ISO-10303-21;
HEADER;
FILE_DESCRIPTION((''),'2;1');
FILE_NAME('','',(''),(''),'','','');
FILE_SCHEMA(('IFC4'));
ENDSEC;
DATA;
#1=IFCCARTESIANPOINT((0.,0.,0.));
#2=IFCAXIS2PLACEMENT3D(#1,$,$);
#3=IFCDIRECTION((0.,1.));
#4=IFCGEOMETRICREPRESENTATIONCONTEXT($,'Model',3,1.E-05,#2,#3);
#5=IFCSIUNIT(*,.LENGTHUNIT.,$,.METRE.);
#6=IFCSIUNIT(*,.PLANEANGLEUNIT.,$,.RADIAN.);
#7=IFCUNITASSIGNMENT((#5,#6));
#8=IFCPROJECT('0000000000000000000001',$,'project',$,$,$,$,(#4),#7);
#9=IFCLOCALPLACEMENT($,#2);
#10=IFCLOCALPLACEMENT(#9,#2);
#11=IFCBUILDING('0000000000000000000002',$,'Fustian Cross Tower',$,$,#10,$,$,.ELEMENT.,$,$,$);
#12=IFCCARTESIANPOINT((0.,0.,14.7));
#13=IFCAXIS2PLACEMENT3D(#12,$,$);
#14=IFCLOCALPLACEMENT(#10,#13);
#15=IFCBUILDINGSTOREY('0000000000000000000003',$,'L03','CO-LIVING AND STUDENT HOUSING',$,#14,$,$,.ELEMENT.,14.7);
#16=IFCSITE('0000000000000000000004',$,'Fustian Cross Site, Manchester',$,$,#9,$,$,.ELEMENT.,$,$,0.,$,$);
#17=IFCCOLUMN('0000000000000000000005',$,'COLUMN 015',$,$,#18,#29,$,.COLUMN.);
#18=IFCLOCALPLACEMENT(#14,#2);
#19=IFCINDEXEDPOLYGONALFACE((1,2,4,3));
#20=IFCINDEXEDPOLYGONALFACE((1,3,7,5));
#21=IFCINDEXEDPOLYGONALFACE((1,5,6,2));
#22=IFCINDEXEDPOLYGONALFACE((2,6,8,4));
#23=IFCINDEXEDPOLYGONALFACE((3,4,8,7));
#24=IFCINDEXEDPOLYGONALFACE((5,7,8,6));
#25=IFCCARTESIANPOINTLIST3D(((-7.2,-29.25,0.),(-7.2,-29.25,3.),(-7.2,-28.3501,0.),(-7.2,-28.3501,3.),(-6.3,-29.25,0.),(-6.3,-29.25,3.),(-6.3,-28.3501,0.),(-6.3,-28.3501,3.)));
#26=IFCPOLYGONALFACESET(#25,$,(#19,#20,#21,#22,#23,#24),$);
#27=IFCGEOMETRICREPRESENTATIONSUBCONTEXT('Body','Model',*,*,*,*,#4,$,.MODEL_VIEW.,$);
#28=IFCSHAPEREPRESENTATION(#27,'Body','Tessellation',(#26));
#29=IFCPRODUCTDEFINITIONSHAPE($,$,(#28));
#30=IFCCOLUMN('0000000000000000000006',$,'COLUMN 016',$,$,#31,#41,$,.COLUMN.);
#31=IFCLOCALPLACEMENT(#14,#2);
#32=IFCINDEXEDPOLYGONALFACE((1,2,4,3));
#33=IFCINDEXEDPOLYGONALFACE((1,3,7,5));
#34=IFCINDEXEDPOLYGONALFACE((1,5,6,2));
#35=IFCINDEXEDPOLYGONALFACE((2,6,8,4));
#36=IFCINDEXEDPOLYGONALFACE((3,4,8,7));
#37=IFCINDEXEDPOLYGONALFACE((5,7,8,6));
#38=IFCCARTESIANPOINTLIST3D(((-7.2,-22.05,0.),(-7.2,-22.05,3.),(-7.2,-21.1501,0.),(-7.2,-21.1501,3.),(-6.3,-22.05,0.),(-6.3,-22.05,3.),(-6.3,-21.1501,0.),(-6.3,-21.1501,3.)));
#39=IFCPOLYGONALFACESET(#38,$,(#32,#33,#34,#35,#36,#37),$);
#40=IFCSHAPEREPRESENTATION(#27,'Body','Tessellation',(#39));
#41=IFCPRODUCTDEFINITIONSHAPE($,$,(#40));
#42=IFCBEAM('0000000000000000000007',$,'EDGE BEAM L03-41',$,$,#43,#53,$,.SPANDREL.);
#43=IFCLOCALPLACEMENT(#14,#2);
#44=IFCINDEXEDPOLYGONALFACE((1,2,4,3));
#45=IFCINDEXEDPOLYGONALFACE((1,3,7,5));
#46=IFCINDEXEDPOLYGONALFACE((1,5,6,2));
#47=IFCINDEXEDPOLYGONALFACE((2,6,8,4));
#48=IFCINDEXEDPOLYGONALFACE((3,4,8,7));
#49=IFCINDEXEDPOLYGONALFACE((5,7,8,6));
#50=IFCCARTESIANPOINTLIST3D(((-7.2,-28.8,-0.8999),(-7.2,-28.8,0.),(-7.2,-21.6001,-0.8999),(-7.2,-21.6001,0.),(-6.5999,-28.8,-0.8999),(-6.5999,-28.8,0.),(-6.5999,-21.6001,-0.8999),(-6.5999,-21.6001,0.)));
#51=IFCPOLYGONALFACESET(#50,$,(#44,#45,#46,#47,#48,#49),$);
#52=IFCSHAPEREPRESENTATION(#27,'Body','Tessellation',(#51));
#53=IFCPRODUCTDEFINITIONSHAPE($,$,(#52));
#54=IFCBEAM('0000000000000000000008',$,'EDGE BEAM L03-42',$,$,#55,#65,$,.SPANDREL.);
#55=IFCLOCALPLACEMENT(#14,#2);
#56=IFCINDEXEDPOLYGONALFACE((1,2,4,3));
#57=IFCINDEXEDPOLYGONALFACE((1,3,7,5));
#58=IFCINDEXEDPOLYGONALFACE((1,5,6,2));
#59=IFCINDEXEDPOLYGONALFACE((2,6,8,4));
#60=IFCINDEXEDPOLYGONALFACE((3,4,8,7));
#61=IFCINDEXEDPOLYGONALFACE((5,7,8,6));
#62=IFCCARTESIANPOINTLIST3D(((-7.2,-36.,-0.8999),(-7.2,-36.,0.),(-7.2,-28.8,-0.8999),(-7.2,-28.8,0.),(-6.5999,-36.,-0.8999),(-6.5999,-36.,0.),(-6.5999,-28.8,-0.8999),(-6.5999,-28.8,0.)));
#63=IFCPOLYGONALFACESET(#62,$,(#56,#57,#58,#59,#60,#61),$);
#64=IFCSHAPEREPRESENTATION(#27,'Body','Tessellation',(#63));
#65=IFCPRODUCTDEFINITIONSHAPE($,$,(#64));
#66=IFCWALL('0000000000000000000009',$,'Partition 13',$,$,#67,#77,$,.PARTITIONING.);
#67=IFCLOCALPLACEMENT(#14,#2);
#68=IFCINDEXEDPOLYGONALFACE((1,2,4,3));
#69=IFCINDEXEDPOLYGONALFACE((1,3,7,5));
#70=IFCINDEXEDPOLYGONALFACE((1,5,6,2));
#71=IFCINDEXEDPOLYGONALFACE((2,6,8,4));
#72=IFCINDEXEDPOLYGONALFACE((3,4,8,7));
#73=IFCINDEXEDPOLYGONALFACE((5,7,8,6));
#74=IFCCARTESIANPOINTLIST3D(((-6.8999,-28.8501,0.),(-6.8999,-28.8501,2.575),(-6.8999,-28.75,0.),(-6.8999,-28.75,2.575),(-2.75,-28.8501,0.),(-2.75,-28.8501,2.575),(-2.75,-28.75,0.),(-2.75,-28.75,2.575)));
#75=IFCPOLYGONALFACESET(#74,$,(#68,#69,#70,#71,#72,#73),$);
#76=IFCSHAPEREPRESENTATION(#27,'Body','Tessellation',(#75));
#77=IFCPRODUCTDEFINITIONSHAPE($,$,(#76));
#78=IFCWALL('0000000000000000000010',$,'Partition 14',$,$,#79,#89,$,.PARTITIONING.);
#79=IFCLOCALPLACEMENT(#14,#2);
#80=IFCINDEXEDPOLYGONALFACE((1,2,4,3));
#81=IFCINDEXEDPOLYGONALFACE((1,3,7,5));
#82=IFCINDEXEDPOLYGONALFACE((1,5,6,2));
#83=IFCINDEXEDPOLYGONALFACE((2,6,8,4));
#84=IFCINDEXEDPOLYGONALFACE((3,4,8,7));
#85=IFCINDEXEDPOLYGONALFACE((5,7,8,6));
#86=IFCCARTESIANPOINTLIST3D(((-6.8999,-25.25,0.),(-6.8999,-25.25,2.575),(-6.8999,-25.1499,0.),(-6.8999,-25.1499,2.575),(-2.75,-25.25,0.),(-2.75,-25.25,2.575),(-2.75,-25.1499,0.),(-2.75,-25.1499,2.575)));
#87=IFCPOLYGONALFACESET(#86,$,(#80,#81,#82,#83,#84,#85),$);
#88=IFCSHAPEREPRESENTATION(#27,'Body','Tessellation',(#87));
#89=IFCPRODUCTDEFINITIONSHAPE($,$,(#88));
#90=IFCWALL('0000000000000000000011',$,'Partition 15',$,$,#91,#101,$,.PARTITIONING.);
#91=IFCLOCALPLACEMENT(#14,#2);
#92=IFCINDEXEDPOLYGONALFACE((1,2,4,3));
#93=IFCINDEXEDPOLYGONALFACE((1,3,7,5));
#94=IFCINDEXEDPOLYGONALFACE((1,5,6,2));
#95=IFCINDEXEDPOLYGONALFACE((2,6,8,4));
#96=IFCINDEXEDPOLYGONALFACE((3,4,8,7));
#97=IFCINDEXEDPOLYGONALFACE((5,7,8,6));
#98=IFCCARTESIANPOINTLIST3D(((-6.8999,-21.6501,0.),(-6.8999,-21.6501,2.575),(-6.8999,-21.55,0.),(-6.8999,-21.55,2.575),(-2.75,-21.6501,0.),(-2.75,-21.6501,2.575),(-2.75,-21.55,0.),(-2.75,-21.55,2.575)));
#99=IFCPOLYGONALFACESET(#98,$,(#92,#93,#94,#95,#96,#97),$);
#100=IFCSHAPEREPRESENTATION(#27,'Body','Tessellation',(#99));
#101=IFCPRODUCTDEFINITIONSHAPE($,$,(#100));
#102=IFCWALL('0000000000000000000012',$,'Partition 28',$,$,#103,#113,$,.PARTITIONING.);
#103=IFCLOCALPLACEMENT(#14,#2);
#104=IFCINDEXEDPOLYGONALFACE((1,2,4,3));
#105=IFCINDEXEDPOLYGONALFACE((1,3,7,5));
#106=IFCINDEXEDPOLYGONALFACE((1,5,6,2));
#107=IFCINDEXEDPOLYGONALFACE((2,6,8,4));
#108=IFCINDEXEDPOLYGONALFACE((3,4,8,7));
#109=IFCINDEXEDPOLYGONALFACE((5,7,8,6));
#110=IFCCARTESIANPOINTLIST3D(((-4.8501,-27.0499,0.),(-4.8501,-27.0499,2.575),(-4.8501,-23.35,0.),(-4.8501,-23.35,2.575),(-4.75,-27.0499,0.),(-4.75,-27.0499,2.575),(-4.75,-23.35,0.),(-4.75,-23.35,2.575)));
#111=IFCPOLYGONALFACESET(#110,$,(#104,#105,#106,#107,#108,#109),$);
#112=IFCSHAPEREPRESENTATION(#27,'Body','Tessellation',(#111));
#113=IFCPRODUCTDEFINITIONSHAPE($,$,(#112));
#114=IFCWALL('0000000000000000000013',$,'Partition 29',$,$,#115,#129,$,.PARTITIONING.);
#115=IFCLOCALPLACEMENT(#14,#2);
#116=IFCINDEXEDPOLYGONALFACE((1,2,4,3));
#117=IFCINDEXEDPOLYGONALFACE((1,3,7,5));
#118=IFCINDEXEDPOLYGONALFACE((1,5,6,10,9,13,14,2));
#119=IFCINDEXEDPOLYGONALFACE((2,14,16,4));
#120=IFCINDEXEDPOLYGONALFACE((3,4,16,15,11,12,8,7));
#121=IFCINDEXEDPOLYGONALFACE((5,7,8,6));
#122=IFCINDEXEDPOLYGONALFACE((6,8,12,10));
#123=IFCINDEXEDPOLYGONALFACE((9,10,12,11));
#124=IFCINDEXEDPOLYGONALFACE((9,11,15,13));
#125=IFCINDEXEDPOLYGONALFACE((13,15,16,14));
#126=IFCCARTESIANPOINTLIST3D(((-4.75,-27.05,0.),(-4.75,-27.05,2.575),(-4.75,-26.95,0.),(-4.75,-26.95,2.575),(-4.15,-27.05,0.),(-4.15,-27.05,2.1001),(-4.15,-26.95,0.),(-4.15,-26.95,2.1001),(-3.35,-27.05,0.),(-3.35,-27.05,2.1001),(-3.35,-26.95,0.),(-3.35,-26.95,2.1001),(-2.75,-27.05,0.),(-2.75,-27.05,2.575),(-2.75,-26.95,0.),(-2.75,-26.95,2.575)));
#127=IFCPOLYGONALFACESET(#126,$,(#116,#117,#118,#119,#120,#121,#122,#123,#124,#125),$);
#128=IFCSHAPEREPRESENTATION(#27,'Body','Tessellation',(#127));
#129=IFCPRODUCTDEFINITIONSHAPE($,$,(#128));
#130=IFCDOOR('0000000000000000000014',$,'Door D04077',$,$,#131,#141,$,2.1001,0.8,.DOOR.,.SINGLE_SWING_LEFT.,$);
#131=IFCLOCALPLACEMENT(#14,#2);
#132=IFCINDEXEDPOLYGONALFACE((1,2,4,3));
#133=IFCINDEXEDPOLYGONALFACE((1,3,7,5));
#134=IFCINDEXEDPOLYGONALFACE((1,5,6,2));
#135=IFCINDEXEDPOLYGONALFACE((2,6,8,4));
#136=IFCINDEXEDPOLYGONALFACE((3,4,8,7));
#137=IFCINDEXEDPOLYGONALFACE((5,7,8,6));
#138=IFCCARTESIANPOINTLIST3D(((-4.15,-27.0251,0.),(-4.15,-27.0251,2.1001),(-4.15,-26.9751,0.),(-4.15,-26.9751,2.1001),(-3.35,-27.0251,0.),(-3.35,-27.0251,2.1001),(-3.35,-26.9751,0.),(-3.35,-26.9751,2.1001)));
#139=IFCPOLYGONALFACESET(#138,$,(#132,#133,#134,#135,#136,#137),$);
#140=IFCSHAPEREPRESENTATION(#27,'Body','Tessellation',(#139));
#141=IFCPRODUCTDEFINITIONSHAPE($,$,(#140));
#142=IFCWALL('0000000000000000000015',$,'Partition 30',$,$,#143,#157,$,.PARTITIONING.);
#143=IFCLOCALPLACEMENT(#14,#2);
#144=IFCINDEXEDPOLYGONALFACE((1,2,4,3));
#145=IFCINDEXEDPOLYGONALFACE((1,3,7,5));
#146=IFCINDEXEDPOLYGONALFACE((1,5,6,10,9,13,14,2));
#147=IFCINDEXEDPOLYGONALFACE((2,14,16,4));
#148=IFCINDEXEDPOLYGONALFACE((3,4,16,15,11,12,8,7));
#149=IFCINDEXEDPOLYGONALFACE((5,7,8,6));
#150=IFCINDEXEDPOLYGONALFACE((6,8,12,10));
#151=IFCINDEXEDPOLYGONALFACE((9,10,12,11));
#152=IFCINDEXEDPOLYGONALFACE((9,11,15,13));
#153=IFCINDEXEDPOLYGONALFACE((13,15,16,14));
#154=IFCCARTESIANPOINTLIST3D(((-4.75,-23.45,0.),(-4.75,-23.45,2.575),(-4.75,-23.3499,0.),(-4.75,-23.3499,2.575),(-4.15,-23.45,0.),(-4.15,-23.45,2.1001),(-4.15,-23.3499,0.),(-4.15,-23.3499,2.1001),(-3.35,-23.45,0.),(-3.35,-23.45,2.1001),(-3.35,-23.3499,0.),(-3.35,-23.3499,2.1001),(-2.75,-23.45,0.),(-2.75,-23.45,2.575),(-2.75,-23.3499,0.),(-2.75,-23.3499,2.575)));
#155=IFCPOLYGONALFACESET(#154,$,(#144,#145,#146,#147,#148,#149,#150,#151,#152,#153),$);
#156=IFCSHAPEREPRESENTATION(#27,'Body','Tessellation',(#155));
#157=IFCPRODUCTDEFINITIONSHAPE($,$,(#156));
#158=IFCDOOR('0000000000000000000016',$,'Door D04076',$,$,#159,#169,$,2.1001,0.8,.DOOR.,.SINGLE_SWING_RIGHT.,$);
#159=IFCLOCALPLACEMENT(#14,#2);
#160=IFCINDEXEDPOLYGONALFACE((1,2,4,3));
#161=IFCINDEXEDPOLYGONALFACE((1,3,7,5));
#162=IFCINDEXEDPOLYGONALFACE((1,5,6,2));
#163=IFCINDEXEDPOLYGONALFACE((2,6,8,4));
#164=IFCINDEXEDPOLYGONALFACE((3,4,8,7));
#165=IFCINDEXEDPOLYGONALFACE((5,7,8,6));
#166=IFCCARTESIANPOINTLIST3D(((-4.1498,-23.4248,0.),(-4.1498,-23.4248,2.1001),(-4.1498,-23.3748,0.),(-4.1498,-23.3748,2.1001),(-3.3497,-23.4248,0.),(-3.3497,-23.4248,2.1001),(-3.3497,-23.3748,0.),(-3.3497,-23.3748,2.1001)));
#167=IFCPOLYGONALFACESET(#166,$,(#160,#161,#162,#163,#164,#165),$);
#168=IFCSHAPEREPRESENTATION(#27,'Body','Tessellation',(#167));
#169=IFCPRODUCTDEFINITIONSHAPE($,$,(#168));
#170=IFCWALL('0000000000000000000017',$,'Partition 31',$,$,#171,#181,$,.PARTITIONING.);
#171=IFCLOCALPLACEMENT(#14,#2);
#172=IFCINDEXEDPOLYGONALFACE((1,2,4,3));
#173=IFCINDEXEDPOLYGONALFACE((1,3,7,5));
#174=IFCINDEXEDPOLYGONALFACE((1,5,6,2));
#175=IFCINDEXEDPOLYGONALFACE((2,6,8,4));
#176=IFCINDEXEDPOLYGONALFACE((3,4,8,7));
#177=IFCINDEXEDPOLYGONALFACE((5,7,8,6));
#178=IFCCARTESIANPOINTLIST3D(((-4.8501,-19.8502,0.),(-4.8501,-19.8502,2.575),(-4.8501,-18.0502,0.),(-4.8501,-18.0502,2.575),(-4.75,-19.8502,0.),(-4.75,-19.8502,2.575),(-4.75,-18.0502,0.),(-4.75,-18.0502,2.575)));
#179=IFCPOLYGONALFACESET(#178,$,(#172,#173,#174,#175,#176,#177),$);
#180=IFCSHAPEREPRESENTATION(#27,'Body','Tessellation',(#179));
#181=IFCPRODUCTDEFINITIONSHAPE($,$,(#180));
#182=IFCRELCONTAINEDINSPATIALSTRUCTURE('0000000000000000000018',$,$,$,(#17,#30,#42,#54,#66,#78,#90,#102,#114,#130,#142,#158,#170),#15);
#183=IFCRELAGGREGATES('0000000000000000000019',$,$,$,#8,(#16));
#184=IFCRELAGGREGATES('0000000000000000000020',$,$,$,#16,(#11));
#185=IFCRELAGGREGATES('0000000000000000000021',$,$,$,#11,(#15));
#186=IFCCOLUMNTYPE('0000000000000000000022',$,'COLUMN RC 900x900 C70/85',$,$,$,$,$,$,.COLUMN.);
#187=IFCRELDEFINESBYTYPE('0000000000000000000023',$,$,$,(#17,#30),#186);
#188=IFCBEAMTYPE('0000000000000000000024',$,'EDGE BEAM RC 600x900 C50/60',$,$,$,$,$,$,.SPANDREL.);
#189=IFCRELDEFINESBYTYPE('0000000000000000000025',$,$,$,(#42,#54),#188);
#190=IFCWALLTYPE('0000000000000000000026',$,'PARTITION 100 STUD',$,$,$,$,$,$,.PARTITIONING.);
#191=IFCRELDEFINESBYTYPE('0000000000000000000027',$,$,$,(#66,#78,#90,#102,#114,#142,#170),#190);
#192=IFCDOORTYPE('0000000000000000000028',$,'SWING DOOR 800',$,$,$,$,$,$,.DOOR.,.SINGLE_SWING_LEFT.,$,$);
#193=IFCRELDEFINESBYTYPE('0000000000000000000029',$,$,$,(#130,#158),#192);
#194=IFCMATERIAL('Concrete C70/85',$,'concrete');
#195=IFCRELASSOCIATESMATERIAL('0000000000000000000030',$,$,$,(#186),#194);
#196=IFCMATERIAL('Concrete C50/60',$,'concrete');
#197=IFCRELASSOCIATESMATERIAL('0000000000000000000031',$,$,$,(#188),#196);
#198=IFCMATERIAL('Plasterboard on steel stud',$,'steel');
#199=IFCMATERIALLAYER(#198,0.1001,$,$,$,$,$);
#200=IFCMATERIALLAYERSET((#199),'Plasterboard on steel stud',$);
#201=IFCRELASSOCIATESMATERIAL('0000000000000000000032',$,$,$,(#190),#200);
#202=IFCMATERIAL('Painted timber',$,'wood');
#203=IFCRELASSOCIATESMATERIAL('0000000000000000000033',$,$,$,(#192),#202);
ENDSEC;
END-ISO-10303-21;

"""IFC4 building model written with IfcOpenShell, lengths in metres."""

from ifc_helpers import new_model, si_unit, direction, frame, frame_2d, origin, origin_2d, place, context, subcontext, project, spatial, rectangle, extrude, material, layer, layer_set, material_profile, profile_set, type_object, element, fill, save


model = new_model("IFC4")

# Units and contexts
model_context = context("Model", 3, precision=1e-05, world=origin(), true_north=direction((0.0, 1.0)))
body_context = subcontext(model_context, "Body", "Model", "MODEL_VIEW")
ifc_project = project(units=[si_unit("LENGTHUNIT", "METRE"), si_unit("PLANEANGLEUNIT", "RADIAN")], contexts=[model_context])

# Site, building, storey
site_placement = place(None, origin())
site = spatial("IfcSite", under=ifc_project, at=site_placement, Name="Fustian Cross Site, Manchester", CompositionType="ELEMENT", RefElevation=0.0)
building_placement = place(site_placement, origin())
building = spatial("IfcBuilding", under=site, at=building_placement, Name="Fustian Cross Tower", CompositionType="ELEMENT")
storey_placement = place(building_placement, frame((0.0, 0.0, 14.7)))
storey = spatial("IfcBuildingStorey", under=building, at=storey_placement, Name="L03", Description="CO-LIVING AND STUDENT HOUSING", CompositionType="ELEMENT", Elevation=14.7)

# Columns
ifc_material_1 = material(Name="Concrete C70/85", Category="concrete")
ifc_material_profile_1 = material_profile(ifc_material_1, rectangle(XDim=0.8999, YDim=0.8999, at=origin_2d()), Name="RC 900x900")
ifc_profile_set_1 = profile_set([ifc_material_profile_1], Name="Concrete C70/85")
column_type = type_object("IfcColumnType", Name="COLUMN RC 900x900 C70/85", PredefinedType="COLUMN", material=ifc_profile_set_1)
for number, where, z_axis, x_axis, name in (
    (1, (-6.75, -28.8, 0.0), (0.0, 0.0, 1.0), (1.0, 0.0, 0.0), "COLUMN 015"),
    (2, (-6.75, -21.6001, 0.0), (0.0, 0.0, 1.0), (1.0, 0.0, 0.0), "COLUMN 016"),
):
    element("IfcColumn", number, at=place(storey_placement, frame(where, z_axis=z_axis, x_axis=x_axis)), inside=storey, type_object=column_type, Name=name, PredefinedType="COLUMN", context=body_context, shape_type="SweptSolid", body=[
        extrude(rectangle(XDim=0.8999, YDim=0.8999, at=origin_2d()), origin(), (0.0, 0.0, 1.0), 3.0),
    ])

# Beams
ifc_material_2 = material(Name="Concrete C50/60", Category="concrete")
ifc_material_profile_2 = material_profile(ifc_material_2, rectangle(XDim=0.6001, YDim=0.8999, at=origin_2d()), Name="RC 600x900")
ifc_profile_set_2 = profile_set([ifc_material_profile_2], Name="Concrete C50/60")
beam_type = type_object("IfcBeamType", Name="EDGE BEAM RC 600x900 C50/60", PredefinedType="SPANDREL", material=ifc_profile_set_2)
for number, where, z_axis, x_axis, name in (
    (3, (-6.8999, -21.6001, -0.45), (0.0, -1.0, 0.0), (1.0, 0.0, 0.0), "EDGE BEAM L03-41"),
    (4, (-6.8999, -28.8, -0.45), (0.0, -1.0, 0.0), (1.0, 0.0, 0.0), "EDGE BEAM L03-42"),
):
    element("IfcBeam", number, at=place(storey_placement, frame(where, z_axis=z_axis, x_axis=x_axis)), inside=storey, type_object=beam_type, Name=name, PredefinedType="SPANDREL", context=body_context, shape_type="SweptSolid", body=[
        extrude(rectangle(XDim=0.6001, YDim=0.8999, at=origin_2d()), origin(), (0.0, 0.0, 1.0), 7.2),
    ])

# Walls
ifc_material_3 = material(Name="Plasterboard on steel stud", Category="steel")
ifc_layer_1 = layer(ifc_material_3, 0.1001)
ifc_layer_set_1 = layer_set([ifc_layer_1], Name="Plasterboard on steel stud")
wall_type_1 = type_object("IfcWallType", Name="PARTITION 100 STUD", PredefinedType="PARTITIONING", material=ifc_layer_set_1)
for number, where, z_axis, x_axis, name in (
    (5, (-6.8999, -28.8, 0.0), (0.0, 0.0, 1.0), (1.0, 0.0, 0.0), "Partition 13"),
    (6, (-6.8999, -25.2, 0.0), (0.0, 0.0, 1.0), (1.0, 0.0, 0.0), "Partition 14"),
    (7, (-6.8999, -21.6001, 0.0), (0.0, 0.0, 1.0), (1.0, 0.0, 0.0), "Partition 15"),
):
    element("IfcWall", number, at=place(storey_placement, frame(where, z_axis=z_axis, x_axis=x_axis)), inside=storey, type_object=wall_type_1, Name=name, PredefinedType="PARTITIONING", context=body_context, shape_type="SweptSolid", body=[
        extrude(rectangle(XDim=4.1499, YDim=0.1001, at=frame_2d((2.075, 0.0))), origin(), (0.0, 0.0, 1.0), 2.575),
    ])
wall_1_placement = place(storey_placement, frame((-4.8, -27.05, 0.0), z_axis=(0.0, 0.0, 1.0), x_axis=(0.0, 1.0, 0.0)))
element("IfcWall", 8, at=wall_1_placement, inside=storey, type_object=wall_type_1, Name="Partition 28", PredefinedType="PARTITIONING", context=body_context, shape_type="SweptSolid", body=[
    extrude(rectangle(XDim=3.7, YDim=0.1001, at=frame_2d((1.8501, 0.0))), origin(), (0.0, 0.0, 1.0), 2.575),
])

# Walls, openings, doors
wall_2_placement = place(storey_placement, frame((-4.75, -27.0, 0.0), z_axis=(0.0, 0.0, 1.0), x_axis=(1.0, 0.0, 0.0)))
wall_2 = element("IfcWall", 9, at=wall_2_placement, inside=storey, type_object=wall_type_1, Name="Partition 29", PredefinedType="PARTITIONING", context=body_context, shape_type="SweptSolid", body=[
    extrude(rectangle(XDim=2.0, YDim=0.1001, at=frame_2d((1.0, 0.0))), origin(), (0.0, 0.0, 1.0), 2.575),
])
opening_1_placement = place(wall_2_placement, frame((0.6001, 0.0, 0.0)))
opening_1 = element("IfcOpeningElement", 10, at=opening_1_placement, cuts=wall_2, PredefinedType="OPENING", context=body_context, shape_type="SweptSolid", body=[
    extrude(rectangle(XDim=0.8, YDim=2.1001, at=frame_2d((0.3999, 1.05))), frame((0.0, 0.0601, 0.0), z_axis=(0.0, -1.0, 0.0), x_axis=(1.0, 0.0, 0.0)), (0.0, 0.0, 1.0), 0.1201),
])
ifc_material_4 = material(Name="Painted timber", Category="wood")
door_type = type_object("IfcDoorType", Name="SWING DOOR 800", OperationType="SINGLE_SWING_LEFT", PredefinedType="DOOR", material=ifc_material_4)
door_1_placement = place(opening_1_placement, origin())
door_1 = element("IfcDoor", 11, at=door_1_placement, inside=storey, type_object=door_type, Name="Door D04077", OperationType="SINGLE_SWING_LEFT", OverallHeight=2.1001, OverallWidth=0.8, PredefinedType="DOOR", context=body_context, shape_type="SweptSolid", body=[
    extrude(rectangle(XDim=0.8, YDim=2.1001, at=frame_2d((0.3999, 1.05))), frame((0.0, 0.0249, 0.0), z_axis=(0.0, -1.0, 0.0), x_axis=(1.0, 0.0, 0.0)), (0.0, 0.0, 1.0), 0.05),
])
fill(opening_1, door_1)
wall_3_placement = place(storey_placement, frame((-4.75, -23.3999, 0.0), z_axis=(0.0, 0.0, 1.0), x_axis=(1.0, 0.0, 0.0)))
wall_3 = element("IfcWall", 12, at=wall_3_placement, inside=storey, type_object=wall_type_1, Name="Partition 30", PredefinedType="PARTITIONING", context=body_context, shape_type="SweptSolid", body=[
    extrude(rectangle(XDim=2.0, YDim=0.1001, at=frame_2d((1.0, 0.0))), origin(), (0.0, 0.0, 1.0), 2.575),
])
opening_2_placement = place(wall_3_placement, frame((0.6001, 0.0, 0.0)))
opening_2 = element("IfcOpeningElement", 13, at=opening_2_placement, cuts=wall_3, PredefinedType="OPENING", context=body_context, shape_type="SweptSolid", body=[
    extrude(rectangle(XDim=0.8, YDim=2.1001, at=frame_2d((0.3999, 1.05))), frame((0.0, 0.0601, 0.0), z_axis=(0.0, -1.0, 0.0), x_axis=(1.0, 0.0, 0.0)), (0.0, 0.0, 1.0), 0.1201),
])
door_2_placement = place(opening_2_placement, frame((0.8, 0.0, 0.0), z_axis=(0.0, 0.0, 1.0), x_axis=(-1.0, 0.0, 0.0)))
door_2 = element("IfcDoor", 14, at=door_2_placement, inside=storey, type_object=door_type, Name="Door D04076", OperationType="SINGLE_SWING_RIGHT", OverallHeight=2.1001, OverallWidth=0.8, PredefinedType="DOOR", context=body_context, shape_type="SweptSolid", body=[
    extrude(rectangle(XDim=0.8, YDim=2.1001, at=frame_2d((0.3999, 1.05))), frame((0.0, 0.0249, 0.0), z_axis=(0.0, -1.0, 0.0), x_axis=(1.0, 0.0, 0.0)), (0.0, 0.0, 1.0), 0.05),
])
fill(opening_2, door_2)

# Wall
wall_4_placement = place(storey_placement, frame((-4.8, -19.8501, 0.0), z_axis=(0.0, 0.0, 1.0), x_axis=(0.0, 1.0, 0.0)))
element("IfcWall", 15, at=wall_4_placement, inside=storey, type_object=wall_type_1, Name="Partition 31", PredefinedType="PARTITIONING", context=body_context, shape_type="SweptSolid", body=[
    extrude(rectangle(XDim=1.8, YDim=0.1001, at=frame_2d((0.8999, 0.0))), origin(), (0.0, 0.0, 1.0), 2.575),
])

save(model, "model.ifc")
